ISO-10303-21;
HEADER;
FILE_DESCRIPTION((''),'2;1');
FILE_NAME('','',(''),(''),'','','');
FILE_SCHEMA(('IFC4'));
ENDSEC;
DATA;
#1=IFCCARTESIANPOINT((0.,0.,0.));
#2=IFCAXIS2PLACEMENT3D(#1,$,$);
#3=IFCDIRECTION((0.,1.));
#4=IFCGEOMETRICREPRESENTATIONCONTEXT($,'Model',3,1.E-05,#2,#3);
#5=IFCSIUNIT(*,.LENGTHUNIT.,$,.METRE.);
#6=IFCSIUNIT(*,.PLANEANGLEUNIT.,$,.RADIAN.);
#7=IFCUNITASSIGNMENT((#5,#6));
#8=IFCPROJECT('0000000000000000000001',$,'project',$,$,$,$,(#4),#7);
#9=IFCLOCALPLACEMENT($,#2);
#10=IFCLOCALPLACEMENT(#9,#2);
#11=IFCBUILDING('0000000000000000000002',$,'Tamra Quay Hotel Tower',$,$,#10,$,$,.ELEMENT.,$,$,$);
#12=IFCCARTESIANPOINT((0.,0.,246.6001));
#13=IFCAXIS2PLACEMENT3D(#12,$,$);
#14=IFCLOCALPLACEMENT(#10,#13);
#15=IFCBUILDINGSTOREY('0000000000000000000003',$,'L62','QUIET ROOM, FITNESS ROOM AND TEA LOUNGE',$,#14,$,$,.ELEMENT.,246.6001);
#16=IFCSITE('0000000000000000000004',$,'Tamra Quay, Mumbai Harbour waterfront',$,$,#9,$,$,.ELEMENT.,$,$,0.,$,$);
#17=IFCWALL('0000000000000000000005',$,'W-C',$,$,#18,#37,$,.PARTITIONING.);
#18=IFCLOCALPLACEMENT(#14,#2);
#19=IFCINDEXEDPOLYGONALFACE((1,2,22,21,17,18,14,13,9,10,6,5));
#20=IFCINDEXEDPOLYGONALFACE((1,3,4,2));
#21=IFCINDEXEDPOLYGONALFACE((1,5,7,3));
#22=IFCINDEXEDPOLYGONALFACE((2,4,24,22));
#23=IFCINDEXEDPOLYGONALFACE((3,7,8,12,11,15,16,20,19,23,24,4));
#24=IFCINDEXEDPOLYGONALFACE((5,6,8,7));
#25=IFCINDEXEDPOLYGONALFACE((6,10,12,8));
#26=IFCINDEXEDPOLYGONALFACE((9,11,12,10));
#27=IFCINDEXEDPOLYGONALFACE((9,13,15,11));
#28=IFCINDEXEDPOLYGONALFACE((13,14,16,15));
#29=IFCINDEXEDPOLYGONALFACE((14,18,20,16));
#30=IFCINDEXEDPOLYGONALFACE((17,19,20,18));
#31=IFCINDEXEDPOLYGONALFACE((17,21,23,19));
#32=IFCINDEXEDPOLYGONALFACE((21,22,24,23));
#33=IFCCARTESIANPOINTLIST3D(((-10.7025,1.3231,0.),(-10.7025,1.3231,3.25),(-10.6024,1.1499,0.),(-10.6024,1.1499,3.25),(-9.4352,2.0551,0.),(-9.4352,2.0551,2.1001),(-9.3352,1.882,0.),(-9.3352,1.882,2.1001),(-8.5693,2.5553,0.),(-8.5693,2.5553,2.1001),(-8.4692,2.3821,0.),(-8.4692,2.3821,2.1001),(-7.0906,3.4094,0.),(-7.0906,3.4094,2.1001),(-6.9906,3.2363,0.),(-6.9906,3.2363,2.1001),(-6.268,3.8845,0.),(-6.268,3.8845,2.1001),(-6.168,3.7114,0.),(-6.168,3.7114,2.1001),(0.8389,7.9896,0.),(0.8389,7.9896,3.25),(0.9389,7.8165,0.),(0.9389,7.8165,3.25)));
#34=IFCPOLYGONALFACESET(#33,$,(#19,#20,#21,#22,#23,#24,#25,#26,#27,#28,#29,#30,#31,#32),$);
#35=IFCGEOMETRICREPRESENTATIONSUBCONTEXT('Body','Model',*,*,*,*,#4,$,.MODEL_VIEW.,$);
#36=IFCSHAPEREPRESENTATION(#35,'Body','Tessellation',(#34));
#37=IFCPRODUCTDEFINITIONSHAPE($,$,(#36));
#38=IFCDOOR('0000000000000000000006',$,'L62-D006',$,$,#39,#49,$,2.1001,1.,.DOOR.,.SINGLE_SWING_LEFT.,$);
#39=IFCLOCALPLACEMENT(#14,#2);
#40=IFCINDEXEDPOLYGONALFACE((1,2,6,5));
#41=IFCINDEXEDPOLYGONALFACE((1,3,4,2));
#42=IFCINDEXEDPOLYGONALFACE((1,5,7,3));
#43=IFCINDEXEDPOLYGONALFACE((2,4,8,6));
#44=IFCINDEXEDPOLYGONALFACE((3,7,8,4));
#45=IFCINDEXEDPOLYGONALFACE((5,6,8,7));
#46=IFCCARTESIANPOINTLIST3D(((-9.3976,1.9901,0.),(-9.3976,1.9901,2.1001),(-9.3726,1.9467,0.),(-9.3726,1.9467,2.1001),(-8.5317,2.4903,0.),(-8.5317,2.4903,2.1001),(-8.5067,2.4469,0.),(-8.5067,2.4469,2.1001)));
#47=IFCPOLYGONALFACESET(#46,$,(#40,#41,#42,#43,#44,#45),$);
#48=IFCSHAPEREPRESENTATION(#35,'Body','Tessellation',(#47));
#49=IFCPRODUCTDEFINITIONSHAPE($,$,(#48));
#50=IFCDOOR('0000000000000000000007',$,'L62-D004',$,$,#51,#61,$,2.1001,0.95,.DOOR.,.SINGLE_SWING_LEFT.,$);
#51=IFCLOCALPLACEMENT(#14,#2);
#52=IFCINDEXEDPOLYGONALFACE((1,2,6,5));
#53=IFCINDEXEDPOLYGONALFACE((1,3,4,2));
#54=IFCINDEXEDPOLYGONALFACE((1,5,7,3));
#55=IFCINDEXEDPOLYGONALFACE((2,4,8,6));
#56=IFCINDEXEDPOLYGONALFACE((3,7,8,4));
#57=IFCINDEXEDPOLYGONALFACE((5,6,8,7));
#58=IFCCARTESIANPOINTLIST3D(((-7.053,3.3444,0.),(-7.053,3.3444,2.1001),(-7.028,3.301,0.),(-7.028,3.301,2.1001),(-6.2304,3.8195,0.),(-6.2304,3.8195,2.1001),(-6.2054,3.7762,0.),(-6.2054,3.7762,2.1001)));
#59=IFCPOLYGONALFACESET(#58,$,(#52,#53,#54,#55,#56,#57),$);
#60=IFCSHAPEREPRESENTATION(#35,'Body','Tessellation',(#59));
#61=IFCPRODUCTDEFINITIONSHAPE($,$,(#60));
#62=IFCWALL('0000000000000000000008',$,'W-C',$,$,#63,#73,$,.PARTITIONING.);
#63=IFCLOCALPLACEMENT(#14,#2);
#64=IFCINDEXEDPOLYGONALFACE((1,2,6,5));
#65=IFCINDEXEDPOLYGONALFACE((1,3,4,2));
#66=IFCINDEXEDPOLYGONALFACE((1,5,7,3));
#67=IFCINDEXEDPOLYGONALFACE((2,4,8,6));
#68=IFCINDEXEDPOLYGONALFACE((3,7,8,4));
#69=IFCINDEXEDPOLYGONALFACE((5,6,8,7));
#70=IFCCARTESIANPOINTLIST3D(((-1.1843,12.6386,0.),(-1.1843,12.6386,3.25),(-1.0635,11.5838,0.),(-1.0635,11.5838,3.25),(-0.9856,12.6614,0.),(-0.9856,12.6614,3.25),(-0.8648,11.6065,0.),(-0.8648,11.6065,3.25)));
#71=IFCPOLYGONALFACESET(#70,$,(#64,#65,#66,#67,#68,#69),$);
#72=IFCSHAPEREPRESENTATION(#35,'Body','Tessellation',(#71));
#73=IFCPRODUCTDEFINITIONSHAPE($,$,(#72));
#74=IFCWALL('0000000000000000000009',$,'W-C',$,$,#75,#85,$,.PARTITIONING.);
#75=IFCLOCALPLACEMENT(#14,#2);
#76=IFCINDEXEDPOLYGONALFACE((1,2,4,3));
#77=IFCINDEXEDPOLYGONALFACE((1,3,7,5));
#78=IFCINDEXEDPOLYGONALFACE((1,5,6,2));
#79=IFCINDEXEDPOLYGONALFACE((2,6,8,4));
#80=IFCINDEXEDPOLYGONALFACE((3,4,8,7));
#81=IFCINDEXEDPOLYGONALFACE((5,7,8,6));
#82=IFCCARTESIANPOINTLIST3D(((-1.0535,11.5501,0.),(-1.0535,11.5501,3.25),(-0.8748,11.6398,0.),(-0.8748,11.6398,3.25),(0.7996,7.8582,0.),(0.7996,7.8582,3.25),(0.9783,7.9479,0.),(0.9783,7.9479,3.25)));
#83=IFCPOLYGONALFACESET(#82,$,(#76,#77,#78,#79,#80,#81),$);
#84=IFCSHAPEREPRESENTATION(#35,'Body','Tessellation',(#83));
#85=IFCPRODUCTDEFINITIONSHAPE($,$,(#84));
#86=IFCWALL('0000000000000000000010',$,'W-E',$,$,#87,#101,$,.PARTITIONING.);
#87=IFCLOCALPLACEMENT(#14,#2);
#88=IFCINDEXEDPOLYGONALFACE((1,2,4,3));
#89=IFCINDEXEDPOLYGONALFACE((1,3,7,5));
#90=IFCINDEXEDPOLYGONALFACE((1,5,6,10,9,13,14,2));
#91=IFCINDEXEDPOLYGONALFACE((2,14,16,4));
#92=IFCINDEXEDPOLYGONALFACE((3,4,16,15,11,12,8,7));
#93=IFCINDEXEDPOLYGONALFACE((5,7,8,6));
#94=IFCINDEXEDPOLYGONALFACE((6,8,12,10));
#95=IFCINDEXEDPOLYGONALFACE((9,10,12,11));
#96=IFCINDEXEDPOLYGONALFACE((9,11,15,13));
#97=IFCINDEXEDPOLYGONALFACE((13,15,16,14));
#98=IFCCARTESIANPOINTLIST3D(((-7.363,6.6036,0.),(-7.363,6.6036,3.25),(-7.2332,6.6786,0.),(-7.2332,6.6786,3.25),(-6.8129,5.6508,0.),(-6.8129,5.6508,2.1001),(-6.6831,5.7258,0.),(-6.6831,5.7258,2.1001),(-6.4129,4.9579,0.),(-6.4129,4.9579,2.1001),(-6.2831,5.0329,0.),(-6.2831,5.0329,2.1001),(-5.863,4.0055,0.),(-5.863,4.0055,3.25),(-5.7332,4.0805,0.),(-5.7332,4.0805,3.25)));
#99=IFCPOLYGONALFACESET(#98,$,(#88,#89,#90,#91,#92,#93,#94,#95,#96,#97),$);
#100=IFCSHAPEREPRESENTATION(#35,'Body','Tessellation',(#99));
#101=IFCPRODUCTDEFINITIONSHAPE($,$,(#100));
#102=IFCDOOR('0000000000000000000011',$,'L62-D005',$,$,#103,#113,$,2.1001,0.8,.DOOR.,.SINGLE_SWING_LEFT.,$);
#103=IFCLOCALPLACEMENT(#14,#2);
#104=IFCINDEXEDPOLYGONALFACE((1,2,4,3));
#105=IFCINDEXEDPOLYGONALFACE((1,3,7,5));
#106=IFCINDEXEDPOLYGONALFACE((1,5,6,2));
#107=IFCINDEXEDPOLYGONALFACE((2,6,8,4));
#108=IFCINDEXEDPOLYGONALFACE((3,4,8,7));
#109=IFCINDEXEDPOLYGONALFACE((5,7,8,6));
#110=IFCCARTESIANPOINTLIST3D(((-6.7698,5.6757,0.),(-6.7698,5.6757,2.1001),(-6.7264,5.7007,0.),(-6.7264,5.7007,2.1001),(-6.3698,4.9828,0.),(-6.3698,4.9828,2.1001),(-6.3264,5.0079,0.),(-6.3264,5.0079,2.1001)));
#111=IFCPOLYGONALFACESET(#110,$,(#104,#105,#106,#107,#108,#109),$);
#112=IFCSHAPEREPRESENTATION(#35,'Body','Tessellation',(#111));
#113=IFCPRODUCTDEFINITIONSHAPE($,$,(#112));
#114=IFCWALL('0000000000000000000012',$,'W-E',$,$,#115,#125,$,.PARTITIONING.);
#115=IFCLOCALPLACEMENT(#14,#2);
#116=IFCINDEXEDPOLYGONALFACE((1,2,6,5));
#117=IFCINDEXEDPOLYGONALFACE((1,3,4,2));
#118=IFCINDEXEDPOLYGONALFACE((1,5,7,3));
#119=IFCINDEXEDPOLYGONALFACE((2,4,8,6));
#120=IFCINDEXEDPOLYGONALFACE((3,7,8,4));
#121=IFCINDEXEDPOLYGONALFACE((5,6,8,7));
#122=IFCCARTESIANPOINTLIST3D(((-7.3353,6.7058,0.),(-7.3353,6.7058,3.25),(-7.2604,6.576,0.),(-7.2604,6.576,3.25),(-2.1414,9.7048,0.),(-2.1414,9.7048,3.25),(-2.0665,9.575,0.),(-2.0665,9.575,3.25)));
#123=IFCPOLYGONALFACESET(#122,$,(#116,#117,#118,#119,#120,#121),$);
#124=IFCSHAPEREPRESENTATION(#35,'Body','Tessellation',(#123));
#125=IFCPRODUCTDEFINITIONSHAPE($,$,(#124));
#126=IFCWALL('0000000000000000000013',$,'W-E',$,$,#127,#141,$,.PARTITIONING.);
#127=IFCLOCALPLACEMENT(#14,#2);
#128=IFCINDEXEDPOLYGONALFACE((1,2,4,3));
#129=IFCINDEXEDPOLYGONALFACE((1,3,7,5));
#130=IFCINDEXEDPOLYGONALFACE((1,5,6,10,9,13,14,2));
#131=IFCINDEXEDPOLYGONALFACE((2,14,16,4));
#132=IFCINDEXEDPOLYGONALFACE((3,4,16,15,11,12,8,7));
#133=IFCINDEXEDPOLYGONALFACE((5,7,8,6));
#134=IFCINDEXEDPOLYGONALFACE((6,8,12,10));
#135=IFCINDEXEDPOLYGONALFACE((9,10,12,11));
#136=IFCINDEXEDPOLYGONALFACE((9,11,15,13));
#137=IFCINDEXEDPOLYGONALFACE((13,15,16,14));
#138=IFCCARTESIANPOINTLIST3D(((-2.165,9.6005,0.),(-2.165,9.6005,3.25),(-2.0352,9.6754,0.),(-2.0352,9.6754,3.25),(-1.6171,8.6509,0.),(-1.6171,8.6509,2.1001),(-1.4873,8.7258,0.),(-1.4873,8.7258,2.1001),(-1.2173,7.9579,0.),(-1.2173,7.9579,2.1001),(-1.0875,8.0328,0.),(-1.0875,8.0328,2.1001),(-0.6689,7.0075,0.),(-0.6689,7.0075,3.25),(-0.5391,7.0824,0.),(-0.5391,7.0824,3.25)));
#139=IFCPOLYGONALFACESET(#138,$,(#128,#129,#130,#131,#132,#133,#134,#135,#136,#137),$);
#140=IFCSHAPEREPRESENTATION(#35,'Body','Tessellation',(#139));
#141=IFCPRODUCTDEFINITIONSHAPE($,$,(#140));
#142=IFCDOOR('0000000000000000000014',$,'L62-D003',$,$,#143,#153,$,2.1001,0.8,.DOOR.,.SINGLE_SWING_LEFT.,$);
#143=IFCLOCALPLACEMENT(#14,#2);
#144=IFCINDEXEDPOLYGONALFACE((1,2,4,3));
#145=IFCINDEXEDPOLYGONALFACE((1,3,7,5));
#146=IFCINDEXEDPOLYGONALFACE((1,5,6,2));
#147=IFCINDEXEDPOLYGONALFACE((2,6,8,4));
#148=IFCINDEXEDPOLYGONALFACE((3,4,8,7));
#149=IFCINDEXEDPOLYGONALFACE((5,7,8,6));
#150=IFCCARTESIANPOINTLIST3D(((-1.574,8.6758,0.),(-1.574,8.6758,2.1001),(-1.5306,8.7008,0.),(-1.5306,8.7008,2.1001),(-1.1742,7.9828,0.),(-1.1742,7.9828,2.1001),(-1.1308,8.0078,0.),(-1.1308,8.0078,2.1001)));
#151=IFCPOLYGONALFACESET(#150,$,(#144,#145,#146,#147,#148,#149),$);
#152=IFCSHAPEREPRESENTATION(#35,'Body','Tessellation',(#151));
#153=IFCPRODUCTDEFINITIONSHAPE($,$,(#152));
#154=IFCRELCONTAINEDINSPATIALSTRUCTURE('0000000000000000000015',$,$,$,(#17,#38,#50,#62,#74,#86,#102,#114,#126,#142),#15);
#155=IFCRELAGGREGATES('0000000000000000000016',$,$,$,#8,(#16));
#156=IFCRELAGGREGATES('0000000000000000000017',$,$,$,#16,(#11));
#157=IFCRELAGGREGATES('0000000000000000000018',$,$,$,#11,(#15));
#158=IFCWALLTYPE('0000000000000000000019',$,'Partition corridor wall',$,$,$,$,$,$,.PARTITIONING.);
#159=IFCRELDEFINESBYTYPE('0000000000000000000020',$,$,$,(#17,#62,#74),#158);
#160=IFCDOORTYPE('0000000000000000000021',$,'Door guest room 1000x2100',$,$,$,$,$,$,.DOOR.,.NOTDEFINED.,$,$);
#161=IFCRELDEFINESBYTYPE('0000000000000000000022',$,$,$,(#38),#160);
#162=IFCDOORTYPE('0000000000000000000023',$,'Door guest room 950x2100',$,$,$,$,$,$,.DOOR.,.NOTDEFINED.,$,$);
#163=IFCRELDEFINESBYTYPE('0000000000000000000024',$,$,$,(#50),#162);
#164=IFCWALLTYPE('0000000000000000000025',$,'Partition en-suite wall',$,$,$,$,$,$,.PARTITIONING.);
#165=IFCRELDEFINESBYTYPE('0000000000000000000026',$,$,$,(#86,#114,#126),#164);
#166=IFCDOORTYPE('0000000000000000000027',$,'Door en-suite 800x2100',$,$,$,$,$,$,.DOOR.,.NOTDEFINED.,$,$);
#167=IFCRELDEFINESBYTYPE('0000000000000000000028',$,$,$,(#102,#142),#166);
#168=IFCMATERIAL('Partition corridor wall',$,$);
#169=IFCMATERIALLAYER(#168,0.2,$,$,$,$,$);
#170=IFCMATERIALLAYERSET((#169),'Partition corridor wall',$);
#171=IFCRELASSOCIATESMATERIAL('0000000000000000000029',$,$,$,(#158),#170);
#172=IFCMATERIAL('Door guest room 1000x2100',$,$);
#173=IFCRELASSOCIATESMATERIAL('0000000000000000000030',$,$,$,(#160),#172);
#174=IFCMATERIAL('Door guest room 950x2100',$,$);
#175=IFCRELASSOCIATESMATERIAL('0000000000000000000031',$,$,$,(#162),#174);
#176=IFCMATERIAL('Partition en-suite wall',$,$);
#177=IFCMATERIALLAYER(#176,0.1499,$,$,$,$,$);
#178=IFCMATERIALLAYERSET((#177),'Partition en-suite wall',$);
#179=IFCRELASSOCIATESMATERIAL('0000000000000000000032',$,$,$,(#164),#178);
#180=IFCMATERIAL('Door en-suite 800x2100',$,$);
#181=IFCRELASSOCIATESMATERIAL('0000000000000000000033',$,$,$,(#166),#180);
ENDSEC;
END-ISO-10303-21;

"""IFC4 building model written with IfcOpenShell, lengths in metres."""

from ifc_helpers import new_model, si_unit, direction, frame, frame_2d, origin, place, context, subcontext, project, spatial, rectangle, extrude, material, layer, layer_set, type_object, element, fill, save


model = new_model("IFC4")

# Units and contexts
model_context = context("Model", 3, precision=1e-05, world=origin(), true_north=direction((0.0, 1.0)))
body_context = subcontext(model_context, "Body", "Model", "MODEL_VIEW")
ifc_project = project(units=[si_unit("LENGTHUNIT", "METRE"), si_unit("PLANEANGLEUNIT", "RADIAN")], contexts=[model_context])

# Site, building, storey
site_placement = place(None, origin())
site = spatial("IfcSite", under=ifc_project, at=site_placement, Name="Tamra Quay, Mumbai Harbour waterfront", CompositionType="ELEMENT", RefElevation=0.0)
building_placement = place(site_placement, origin())
building = spatial("IfcBuilding", under=site, at=building_placement, Name="Tamra Quay Hotel Tower", CompositionType="ELEMENT")
storey_placement = place(building_placement, frame((0.0, 0.0, 246.6001)))
storey = spatial("IfcBuildingStorey", under=building, at=storey_placement, Name="L62", Description="QUIET ROOM, FITNESS ROOM AND TEA LOUNGE", CompositionType="ELEMENT", Elevation=246.6001)

# Wall, openings, doors
ifc_material_1 = material(Name="Partition corridor wall")
ifc_layer_1 = layer(ifc_material_1, 0.2)
ifc_layer_set_1 = layer_set([ifc_layer_1], Name="Partition corridor wall")
wall_type_1 = type_object("IfcWallType", Name="Partition corridor wall", PredefinedType="PARTITIONING", material=ifc_layer_set_1)
wall_1_placement = place(storey_placement, frame((-10.6523, 1.2366, 0.0), z_axis=(0.0, 0.0, 1.0), x_axis=(0.865923, 0.500177, 0.0)))
wall_1 = element("IfcWall", 1, at=wall_1_placement, inside=storey, type_object=wall_type_1, Name="W-C", PredefinedType="PARTITIONING", context=body_context, shape_type="SweptSolid", body=[
    extrude(rectangle(XDim=13.3284, YDim=0.2, at=frame_2d((6.6641, 0.0))), origin(), (0.0, 0.0, 1.0), 3.25),
])
opening_1_placement = place(wall_1_placement, frame((4.1709, 0.0, 0.0)))
opening_1 = element("IfcOpeningElement", 2, at=opening_1_placement, cuts=wall_1, PredefinedType="OPENING", context=body_context, shape_type="SweptSolid", body=[
    extrude(rectangle(XDim=0.95, YDim=2.1001, at=frame_2d((0.4751, 1.05))), frame((0.0, 0.1099, 0.0), z_axis=(0.0, -1.0, 0.0), x_axis=(1.0, 0.0, 0.0)), (0.0, 0.0, 1.0), 0.22),
])
opening_2_placement = place(wall_1_placement, frame((1.4634, 0.0, 0.0)))
opening_2 = element("IfcOpeningElement", 3, at=opening_2_placement, cuts=wall_1, PredefinedType="OPENING", context=body_context, shape_type="SweptSolid", body=[
    extrude(rectangle(XDim=1.0, YDim=2.1001, at=frame_2d((0.5, 1.05))), frame((0.0, 0.1099, 0.0), z_axis=(0.0, -1.0, 0.0), x_axis=(1.0, 0.0, 0.0)), (0.0, 0.0, 1.0), 0.22),
])
ifc_material_2 = material(Name="Door guest room 1000x2100")
door_type_1 = type_object("IfcDoorType", Name="Door guest room 1000x2100", OperationType="NOTDEFINED", PredefinedType="DOOR", material=ifc_material_2)
door_1_placement = place(opening_2_placement, origin())
door_1 = element("IfcDoor", 4, at=door_1_placement, inside=storey, type_object=door_type_1, Name="L62-D006", OperationType="SINGLE_SWING_LEFT", OverallHeight=2.1001, OverallWidth=1.0, PredefinedType="DOOR", context=body_context, shape_type="SweptSolid", body=[
    extrude(rectangle(XDim=1.0, YDim=2.1001, at=frame_2d((0.5, 1.05))), frame((0.0, 0.0249, 0.0), z_axis=(0.0, -1.0, 0.0), x_axis=(1.0, 0.0, 0.0)), (0.0, 0.0, 1.0), 0.05),
])
fill(opening_2, door_1)
ifc_material_3 = material(Name="Door guest room 950x2100")
door_type_2 = type_object("IfcDoorType", Name="Door guest room 950x2100", OperationType="NOTDEFINED", PredefinedType="DOOR", material=ifc_material_3)
door_2_placement = place(opening_1_placement, origin())
door_2 = element("IfcDoor", 5, at=door_2_placement, inside=storey, type_object=door_type_2, Name="L62-D004", OperationType="SINGLE_SWING_LEFT", OverallHeight=2.1001, OverallWidth=0.95, PredefinedType="DOOR", context=body_context, shape_type="SweptSolid", body=[
    extrude(rectangle(XDim=0.95, YDim=2.1001, at=frame_2d((0.4751, 1.05))), frame((0.0, 0.0249, 0.0), z_axis=(0.0, -1.0, 0.0), x_axis=(1.0, 0.0, 0.0)), (0.0, 0.0, 1.0), 0.05),
])
fill(opening_1, door_2)

# Walls
wall_2_placement = place(storey_placement, frame((-1.085, 12.6499, 0.0), z_axis=(0.0, 0.0, 1.0), x_axis=(0.113812, -0.993502, 0.0)))
element("IfcWall", 6, at=wall_2_placement, inside=storey, type_object=wall_type_1, Name="W-C", PredefinedType="PARTITIONING", context=body_context, shape_type="SweptSolid", body=[
    extrude(rectangle(XDim=1.0618, YDim=0.2, at=frame_2d((0.5308, 0.0))), origin(), (0.0, 0.0, 1.0), 3.25),
])
wall_3_placement = place(storey_placement, frame((-0.9641, 11.595, 0.0), z_axis=(0.0, 0.0, 1.0), x_axis=(0.448584, -0.893741, 0.0)))
element("IfcWall", 7, at=wall_3_placement, inside=storey, type_object=wall_type_1, Name="W-C", PredefinedType="PARTITIONING", context=body_context, shape_type="SweptSolid", body=[
    extrude(rectangle(XDim=4.1309, YDim=0.2, at=frame_2d((2.0654, 0.0))), origin(), (0.0, 0.0, 1.0), 3.25),
])

# Wall, opening, door
ifc_material_4 = material(Name="Partition en-suite wall")
ifc_layer_2 = layer(ifc_material_4, 0.1499)
ifc_layer_set_2 = layer_set([ifc_layer_2], Name="Partition en-suite wall")
wall_type_2 = type_object("IfcWallType", Name="Partition en-suite wall", PredefinedType="PARTITIONING", material=ifc_layer_set_2)
wall_4_placement = place(storey_placement, frame((-7.2981, 6.6411, 0.0), z_axis=(0.0, 0.0, 1.0), x_axis=(0.49999, -0.866031, 0.0)))
wall_4 = element("IfcWall", 8, at=wall_4_placement, inside=storey, type_object=wall_type_2, Name="W-E", PredefinedType="PARTITIONING", context=body_context, shape_type="SweptSolid", body=[
    extrude(rectangle(XDim=3.0, YDim=0.1499, at=frame_2d((1.5, 0.0))), origin(), (0.0, 0.0, 1.0), 3.25),
])
opening_3_placement = place(wall_4_placement, frame((1.1003, 0.0, 0.0)))
opening_3 = element("IfcOpeningElement", 9, at=opening_3_placement, cuts=wall_4, PredefinedType="OPENING", context=body_context, shape_type="SweptSolid", body=[
    extrude(rectangle(XDim=0.8, YDim=2.1001, at=frame_2d((0.3999, 1.05))), frame((0.0, 0.085, 0.0), z_axis=(0.0, -1.0, 0.0), x_axis=(1.0, 0.0, 0.0)), (0.0, 0.0, 1.0), 0.1699),
])
ifc_material_5 = material(Name="Door en-suite 800x2100")
door_type_3 = type_object("IfcDoorType", Name="Door en-suite 800x2100", OperationType="NOTDEFINED", PredefinedType="DOOR", material=ifc_material_5)
door_3_placement = place(opening_3_placement, origin())
door_3 = element("IfcDoor", 10, at=door_3_placement, inside=storey, type_object=door_type_3, Name="L62-D005", OperationType="SINGLE_SWING_LEFT", OverallHeight=2.1001, OverallWidth=0.8, PredefinedType="DOOR", context=body_context, shape_type="SweptSolid", body=[
    extrude(rectangle(XDim=0.8, YDim=2.1001, at=frame_2d((0.3999, 1.05))), frame((0.0, 0.0249, 0.0), z_axis=(0.0, -1.0, 0.0), x_axis=(1.0, 0.0, 0.0)), (0.0, 0.0, 1.0), 0.05),
])
fill(opening_3, door_3)

# Wall
wall_5_placement = place(storey_placement, frame((-7.2979, 6.6409, 0.0), z_axis=(0.0, 0.0, 1.0), x_axis=(0.866, 0.500044, 0.0)))
element("IfcWall", 11, at=wall_5_placement, inside=storey, type_object=wall_type_2, Name="W-E", PredefinedType="PARTITIONING", context=body_context, shape_type="SweptSolid", body=[
    extrude(rectangle(XDim=5.9976, YDim=0.1499, at=frame_2d((2.9988, 0.0))), origin(), (0.0, 0.0, 1.0), 3.25),
])

# Wall, opening, door
wall_6_placement = place(storey_placement, frame((-2.1001, 9.6379, 0.0), z_axis=(0.0, 0.0, 1.0), x_axis=(0.499753, -0.866168, 0.0)))
wall_6 = element("IfcWall", 12, at=wall_6_placement, inside=storey, type_object=wall_type_2, Name="W-E", PredefinedType="PARTITIONING", context=body_context, shape_type="SweptSolid", body=[
    extrude(rectangle(XDim=2.9937, YDim=0.1499, at=frame_2d((1.4968, 0.0))), origin(), (0.0, 0.0, 1.0), 3.25),
])
opening_4_placement = place(wall_6_placement, frame((1.0964, 0.0, 0.0)))
opening_4 = element("IfcOpeningElement", 13, at=opening_4_placement, cuts=wall_6, PredefinedType="OPENING", context=body_context, shape_type="SweptSolid", body=[
    extrude(rectangle(XDim=0.8, YDim=2.1001, at=frame_2d((0.3999, 1.05))), frame((0.0, 0.085, 0.0), z_axis=(0.0, -1.0, 0.0), x_axis=(1.0, 0.0, 0.0)), (0.0, 0.0, 1.0), 0.1699),
])
door_4_placement = place(opening_4_placement, origin())
door_4 = element("IfcDoor", 14, at=door_4_placement, inside=storey, type_object=door_type_3, Name="L62-D003", OperationType="SINGLE_SWING_LEFT", OverallHeight=2.1001, OverallWidth=0.8, PredefinedType="DOOR", context=body_context, shape_type="SweptSolid", body=[
    extrude(rectangle(XDim=0.8, YDim=2.1001, at=frame_2d((0.3999, 1.05))), frame((0.0, 0.0249, 0.0), z_axis=(0.0, -1.0, 0.0), x_axis=(1.0, 0.0, 0.0)), (0.0, 0.0, 1.0), 0.05),
])
fill(opening_4, door_4)

save(model, "model.ifc")
